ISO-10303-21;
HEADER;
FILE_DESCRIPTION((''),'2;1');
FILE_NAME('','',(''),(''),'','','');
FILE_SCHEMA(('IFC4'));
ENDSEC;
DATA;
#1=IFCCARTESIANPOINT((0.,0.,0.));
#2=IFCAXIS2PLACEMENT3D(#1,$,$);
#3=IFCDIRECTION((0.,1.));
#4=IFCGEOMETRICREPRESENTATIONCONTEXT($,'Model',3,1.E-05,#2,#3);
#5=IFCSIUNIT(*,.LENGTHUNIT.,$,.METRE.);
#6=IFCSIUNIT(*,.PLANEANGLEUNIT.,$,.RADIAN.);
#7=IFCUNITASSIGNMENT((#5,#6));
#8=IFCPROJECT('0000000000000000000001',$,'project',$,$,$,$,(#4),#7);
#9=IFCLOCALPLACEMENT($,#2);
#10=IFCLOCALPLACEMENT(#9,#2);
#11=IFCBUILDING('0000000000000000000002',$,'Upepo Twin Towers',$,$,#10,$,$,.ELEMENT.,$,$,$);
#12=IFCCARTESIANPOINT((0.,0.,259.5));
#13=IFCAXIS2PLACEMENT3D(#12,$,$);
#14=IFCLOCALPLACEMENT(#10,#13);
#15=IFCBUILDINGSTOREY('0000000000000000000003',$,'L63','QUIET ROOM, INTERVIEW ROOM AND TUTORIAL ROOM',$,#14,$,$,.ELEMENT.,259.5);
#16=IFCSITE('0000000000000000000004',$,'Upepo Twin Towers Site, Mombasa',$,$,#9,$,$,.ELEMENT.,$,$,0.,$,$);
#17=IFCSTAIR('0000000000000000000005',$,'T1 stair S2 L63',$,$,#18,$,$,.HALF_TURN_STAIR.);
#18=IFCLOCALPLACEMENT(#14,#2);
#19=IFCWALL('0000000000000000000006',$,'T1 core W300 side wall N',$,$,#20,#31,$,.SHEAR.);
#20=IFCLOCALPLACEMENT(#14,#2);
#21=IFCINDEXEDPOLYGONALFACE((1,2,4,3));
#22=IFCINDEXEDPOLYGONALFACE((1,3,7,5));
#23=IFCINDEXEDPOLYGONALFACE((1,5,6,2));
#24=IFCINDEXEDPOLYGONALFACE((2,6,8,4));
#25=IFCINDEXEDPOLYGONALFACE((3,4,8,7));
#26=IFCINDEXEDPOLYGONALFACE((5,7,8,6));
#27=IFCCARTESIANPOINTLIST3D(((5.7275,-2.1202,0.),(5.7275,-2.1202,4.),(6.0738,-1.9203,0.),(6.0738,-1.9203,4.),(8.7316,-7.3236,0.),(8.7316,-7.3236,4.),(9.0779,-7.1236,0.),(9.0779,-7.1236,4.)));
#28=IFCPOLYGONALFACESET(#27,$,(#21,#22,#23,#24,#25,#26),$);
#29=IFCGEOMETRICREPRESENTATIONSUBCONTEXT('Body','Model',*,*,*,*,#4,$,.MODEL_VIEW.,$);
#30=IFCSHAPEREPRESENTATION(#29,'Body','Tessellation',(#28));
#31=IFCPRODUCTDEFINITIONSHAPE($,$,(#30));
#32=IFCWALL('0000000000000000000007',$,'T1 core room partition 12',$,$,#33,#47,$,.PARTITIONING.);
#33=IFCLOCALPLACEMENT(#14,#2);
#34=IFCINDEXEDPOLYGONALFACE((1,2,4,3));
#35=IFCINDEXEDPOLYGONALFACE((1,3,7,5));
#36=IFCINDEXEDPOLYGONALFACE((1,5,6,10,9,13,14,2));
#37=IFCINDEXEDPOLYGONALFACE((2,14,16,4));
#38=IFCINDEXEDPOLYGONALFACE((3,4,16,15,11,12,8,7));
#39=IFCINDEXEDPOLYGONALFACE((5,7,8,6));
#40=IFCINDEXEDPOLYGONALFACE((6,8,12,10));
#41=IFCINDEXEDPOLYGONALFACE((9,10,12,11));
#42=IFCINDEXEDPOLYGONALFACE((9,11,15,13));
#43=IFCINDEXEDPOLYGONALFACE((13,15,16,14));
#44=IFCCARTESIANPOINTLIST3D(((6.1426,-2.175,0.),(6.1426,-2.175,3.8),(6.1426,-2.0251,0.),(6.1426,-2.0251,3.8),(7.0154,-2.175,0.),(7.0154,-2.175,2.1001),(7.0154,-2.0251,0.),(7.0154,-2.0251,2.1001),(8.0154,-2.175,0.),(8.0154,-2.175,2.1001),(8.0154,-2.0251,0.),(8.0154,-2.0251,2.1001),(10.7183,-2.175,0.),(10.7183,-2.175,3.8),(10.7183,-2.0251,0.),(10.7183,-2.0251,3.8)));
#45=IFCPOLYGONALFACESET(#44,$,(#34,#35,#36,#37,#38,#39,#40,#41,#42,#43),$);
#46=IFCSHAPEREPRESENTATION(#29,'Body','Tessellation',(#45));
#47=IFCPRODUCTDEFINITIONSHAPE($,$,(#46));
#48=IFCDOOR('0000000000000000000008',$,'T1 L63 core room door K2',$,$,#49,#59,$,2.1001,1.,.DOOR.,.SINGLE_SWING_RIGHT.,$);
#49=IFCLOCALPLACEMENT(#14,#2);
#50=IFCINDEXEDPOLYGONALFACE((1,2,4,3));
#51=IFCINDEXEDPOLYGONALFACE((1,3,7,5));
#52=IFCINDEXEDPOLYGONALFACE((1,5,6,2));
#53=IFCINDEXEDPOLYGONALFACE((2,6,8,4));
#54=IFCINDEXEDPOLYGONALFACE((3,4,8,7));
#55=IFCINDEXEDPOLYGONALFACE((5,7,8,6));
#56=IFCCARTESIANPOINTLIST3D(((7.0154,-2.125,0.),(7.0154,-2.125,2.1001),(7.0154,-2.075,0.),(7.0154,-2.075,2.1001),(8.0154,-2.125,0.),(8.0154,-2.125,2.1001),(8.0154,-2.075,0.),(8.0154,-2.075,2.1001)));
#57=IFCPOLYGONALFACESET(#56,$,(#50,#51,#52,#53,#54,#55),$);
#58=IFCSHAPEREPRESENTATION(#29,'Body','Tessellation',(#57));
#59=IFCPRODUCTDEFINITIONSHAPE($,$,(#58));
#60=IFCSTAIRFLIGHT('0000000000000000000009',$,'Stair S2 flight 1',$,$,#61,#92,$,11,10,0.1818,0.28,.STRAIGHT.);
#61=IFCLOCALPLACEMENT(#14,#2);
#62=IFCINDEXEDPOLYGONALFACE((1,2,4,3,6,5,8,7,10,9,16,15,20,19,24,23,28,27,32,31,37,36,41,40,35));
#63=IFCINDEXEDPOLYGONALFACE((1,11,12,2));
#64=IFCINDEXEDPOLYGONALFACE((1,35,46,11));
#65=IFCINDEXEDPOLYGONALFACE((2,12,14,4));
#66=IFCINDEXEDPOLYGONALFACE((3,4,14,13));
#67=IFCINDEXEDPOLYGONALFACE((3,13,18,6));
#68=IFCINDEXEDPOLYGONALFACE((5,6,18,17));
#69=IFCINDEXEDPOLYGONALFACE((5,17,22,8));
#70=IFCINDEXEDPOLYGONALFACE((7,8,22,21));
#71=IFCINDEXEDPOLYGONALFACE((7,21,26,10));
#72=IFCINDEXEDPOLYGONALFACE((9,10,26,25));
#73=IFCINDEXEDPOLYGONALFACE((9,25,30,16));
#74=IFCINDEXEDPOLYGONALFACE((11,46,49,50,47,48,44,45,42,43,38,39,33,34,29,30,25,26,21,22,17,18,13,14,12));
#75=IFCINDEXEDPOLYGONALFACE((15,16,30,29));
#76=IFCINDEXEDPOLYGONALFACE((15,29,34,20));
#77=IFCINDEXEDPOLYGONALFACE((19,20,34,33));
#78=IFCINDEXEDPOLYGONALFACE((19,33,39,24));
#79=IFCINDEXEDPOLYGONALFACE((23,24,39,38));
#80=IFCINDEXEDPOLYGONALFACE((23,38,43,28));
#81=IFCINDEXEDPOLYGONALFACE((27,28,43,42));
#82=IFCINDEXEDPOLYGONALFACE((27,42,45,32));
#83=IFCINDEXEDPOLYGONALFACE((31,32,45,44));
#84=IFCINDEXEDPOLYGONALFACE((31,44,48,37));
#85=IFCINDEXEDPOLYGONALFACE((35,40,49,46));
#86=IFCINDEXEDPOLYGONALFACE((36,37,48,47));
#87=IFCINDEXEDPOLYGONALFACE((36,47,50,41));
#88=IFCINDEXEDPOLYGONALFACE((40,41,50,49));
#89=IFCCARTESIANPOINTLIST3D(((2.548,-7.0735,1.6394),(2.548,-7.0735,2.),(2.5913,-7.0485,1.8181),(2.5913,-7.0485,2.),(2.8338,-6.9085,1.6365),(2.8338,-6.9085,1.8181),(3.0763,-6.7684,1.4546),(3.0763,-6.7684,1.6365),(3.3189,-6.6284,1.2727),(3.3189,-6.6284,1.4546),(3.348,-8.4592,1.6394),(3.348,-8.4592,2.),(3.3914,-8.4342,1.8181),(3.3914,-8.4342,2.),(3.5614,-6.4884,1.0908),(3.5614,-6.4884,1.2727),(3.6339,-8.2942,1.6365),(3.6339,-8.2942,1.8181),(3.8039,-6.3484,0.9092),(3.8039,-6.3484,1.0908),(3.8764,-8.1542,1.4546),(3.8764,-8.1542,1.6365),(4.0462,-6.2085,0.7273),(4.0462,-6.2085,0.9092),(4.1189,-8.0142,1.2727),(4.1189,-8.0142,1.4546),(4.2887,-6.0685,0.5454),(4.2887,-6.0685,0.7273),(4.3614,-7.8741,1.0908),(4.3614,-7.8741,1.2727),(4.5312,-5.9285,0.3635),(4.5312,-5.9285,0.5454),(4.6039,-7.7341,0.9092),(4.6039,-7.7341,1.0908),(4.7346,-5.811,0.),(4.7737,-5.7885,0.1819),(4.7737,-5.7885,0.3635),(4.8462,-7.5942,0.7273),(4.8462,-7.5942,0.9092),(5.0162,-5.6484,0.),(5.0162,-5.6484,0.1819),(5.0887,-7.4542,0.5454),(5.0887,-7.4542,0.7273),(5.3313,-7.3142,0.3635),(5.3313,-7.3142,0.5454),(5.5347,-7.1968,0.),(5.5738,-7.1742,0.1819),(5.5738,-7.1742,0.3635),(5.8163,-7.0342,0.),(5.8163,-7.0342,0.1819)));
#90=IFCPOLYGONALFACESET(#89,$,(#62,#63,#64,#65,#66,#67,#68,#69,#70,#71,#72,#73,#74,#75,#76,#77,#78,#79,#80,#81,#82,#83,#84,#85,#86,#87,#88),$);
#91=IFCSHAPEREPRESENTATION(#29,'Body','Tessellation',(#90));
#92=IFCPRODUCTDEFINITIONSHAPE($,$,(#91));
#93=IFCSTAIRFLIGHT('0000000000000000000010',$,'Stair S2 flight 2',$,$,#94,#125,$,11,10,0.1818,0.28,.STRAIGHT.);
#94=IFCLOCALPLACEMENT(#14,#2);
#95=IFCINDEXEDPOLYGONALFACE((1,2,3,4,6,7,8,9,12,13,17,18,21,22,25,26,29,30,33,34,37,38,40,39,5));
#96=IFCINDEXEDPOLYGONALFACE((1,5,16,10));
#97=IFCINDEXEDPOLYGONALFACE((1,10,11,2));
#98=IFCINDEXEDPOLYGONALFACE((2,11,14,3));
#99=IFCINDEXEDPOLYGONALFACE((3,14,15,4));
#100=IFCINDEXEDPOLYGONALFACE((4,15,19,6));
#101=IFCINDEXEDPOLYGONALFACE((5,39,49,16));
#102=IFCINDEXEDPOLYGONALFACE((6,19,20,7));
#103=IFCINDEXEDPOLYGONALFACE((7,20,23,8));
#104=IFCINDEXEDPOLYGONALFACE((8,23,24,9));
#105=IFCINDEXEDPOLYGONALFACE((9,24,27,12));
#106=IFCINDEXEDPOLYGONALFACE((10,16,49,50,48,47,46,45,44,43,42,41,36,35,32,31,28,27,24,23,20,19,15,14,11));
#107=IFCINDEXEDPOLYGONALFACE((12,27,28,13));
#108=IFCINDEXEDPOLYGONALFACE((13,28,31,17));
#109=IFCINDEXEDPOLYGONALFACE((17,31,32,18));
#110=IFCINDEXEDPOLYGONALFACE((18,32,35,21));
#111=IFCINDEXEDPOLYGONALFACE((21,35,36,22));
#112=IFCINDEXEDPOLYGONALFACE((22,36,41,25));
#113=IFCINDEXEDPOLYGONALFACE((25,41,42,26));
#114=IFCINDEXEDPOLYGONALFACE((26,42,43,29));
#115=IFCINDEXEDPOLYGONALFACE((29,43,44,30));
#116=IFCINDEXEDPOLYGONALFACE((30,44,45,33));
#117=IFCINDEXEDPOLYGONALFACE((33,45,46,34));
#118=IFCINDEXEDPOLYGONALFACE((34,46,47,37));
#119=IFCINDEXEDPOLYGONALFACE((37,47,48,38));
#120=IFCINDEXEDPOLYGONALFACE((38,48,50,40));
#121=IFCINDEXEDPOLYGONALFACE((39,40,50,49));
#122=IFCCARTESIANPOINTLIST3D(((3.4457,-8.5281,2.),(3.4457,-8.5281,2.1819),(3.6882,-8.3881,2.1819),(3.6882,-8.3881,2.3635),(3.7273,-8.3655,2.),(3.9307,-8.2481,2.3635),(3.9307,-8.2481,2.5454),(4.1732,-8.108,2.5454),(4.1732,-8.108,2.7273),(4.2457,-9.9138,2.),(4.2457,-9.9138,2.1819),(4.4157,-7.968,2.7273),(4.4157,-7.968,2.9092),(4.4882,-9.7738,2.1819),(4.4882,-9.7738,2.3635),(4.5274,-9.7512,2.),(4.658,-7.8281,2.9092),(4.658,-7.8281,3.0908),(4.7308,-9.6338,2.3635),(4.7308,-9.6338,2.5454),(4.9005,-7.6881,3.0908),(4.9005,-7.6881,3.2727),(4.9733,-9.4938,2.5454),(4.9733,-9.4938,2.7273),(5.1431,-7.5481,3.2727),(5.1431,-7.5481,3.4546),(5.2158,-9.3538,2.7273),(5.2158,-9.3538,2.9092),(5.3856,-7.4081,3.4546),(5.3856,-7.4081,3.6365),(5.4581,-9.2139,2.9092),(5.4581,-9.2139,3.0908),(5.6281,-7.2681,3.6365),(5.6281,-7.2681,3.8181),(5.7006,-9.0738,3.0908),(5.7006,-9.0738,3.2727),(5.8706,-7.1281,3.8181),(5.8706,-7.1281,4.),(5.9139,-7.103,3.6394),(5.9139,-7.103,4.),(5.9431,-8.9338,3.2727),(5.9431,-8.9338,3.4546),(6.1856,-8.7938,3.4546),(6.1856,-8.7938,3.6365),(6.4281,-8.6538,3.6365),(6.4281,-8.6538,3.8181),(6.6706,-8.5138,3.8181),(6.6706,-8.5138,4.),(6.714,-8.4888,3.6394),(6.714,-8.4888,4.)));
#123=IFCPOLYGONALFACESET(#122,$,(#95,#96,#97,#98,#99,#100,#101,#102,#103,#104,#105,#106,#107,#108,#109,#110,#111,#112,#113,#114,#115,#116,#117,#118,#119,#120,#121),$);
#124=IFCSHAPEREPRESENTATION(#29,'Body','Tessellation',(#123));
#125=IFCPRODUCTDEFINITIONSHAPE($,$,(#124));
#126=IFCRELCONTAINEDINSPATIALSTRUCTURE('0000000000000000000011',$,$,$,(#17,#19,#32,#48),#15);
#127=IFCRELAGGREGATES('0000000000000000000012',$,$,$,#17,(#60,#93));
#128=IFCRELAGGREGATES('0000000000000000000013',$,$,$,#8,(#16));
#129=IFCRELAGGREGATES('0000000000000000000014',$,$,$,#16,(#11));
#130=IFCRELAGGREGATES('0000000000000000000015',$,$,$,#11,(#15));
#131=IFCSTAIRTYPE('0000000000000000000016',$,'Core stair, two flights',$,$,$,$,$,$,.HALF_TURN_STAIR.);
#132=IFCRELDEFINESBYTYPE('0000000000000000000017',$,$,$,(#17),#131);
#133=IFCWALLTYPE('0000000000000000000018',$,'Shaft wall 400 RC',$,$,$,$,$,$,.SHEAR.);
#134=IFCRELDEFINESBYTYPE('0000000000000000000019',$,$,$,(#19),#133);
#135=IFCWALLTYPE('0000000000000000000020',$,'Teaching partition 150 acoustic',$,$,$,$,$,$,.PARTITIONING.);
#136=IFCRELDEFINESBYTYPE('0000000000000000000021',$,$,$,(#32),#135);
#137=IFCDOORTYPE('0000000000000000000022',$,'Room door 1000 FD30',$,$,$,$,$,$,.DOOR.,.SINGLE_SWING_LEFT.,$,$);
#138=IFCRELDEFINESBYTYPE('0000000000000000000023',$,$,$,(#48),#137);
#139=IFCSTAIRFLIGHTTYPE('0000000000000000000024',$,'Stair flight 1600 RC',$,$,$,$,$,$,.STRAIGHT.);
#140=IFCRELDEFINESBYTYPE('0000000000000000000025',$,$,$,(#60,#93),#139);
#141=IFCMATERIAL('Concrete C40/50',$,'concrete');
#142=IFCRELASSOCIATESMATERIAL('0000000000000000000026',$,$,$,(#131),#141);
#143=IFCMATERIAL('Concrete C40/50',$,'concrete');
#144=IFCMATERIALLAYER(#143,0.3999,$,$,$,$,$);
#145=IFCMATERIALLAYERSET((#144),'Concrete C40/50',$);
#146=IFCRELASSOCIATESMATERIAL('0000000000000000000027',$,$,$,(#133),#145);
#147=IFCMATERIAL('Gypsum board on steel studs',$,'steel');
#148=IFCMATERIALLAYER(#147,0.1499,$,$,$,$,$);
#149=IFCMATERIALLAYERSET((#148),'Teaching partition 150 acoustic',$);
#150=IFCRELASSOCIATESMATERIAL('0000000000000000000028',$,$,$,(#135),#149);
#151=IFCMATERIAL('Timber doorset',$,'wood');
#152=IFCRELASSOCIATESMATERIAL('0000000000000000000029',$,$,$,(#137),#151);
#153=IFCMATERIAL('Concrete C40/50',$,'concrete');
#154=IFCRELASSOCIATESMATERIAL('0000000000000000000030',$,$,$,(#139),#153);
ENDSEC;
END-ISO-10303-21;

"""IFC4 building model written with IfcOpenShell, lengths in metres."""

from ifc_helpers import new_model, si_unit, direction, frame, frame_2d, origin, place, context, subcontext, project, spatial, polyline, rectangle, outline, extrude, material, layer, layer_set, type_object, element, fill, aggregate, save


model = new_model("IFC4")

# Units and contexts
model_context = context("Model", 3, precision=1e-05, world=origin(), true_north=direction((0.0, 1.0)))
body_context = subcontext(model_context, "Body", "Model", "MODEL_VIEW")
ifc_project = project(units=[si_unit("LENGTHUNIT", "METRE"), si_unit("PLANEANGLEUNIT", "RADIAN")], contexts=[model_context])

# Site, building, storey
site_placement = place(None, origin())
site = spatial("IfcSite", under=ifc_project, at=site_placement, Name="Upepo Twin Towers Site, Mombasa", CompositionType="ELEMENT", RefElevation=0.0)
building_placement = place(site_placement, origin())
building = spatial("IfcBuilding", under=site, at=building_placement, Name="Upepo Twin Towers", CompositionType="ELEMENT")
storey_placement = place(building_placement, frame((0.0, 0.0, 259.5)))
storey = spatial("IfcBuildingStorey", under=building, at=storey_placement, Name="L63", Description="QUIET ROOM, INTERVIEW ROOM AND TUTORIAL ROOM", CompositionType="ELEMENT", Elevation=259.5)

# Stair
ifc_material_1 = material(Name="Concrete C40/50", Category="concrete")
stair_type = type_object("IfcStairType", Name="Core stair, two flights", PredefinedType="HALF_TURN_STAIR", material=ifc_material_1)
stair_1_placement = place(storey_placement, origin())
stair_1 = element("IfcStair", 1, at=stair_1_placement, inside=storey, type_object=stair_type, Name="T1 stair S2 L63", PredefinedType="HALF_TURN_STAIR")

# Wall
ifc_material_2 = material(Name="Concrete C40/50", Category="concrete")
ifc_layer_1 = layer(ifc_material_2, 0.3999)
ifc_layer_set_1 = layer_set([ifc_layer_1], Name="Concrete C40/50")
wall_type_1 = type_object("IfcWallType", Name="Shaft wall 400 RC", PredefinedType="SHEAR", material=ifc_layer_set_1)
wall_1_placement = place(storey_placement, frame((5.9006, -2.0203, 0.0), z_axis=(0.0, 0.0, 1.0), x_axis=(0.499998, -0.866027, 0.0)))
element("IfcWall", 2, at=wall_1_placement, inside=storey, type_object=wall_type_1, Name="T1 core W300 side wall N", PredefinedType="SHEAR", context=body_context, shape_type="SweptSolid", body=[
    extrude(rectangle(XDim=6.0083, YDim=0.3999, at=frame_2d((3.0042, 0.0))), origin(), (0.0, 0.0, 1.0), 4.0),
])

# Wall, opening, door
ifc_material_3 = material(Name="Gypsum board on steel studs", Category="steel")
ifc_layer_2 = layer(ifc_material_3, 0.1499)
ifc_layer_set_2 = layer_set([ifc_layer_2], Name="Teaching partition 150 acoustic")
wall_type_2 = type_object("IfcWallType", Name="Teaching partition 150 acoustic", PredefinedType="PARTITIONING", material=ifc_layer_set_2)
wall_2_placement = place(storey_placement, frame((10.7183, -2.1001, 0.0), z_axis=(0.0, 0.0, 1.0), x_axis=(-1.0, 0.0, 0.0)))
wall_2 = element("IfcWall", 3, at=wall_2_placement, inside=storey, type_object=wall_type_2, Name="T1 core room partition 12", PredefinedType="PARTITIONING", context=body_context, shape_type="SweptSolid", body=[
    extrude(rectangle(XDim=4.5757, YDim=0.1499, at=frame_2d((2.2878, 0.0))), origin(), (0.0, 0.0, 1.0), 3.8),
])
opening_1_placement = place(wall_2_placement, frame((2.7029, 0.0, 0.0)))
opening_1 = element("IfcOpeningElement", 4, at=opening_1_placement, cuts=wall_2, PredefinedType="OPENING", context=body_context, shape_type="SweptSolid", body=[
    extrude(rectangle(XDim=1.0, YDim=2.1001, at=frame_2d((0.5, 1.05))), frame((0.0, 0.085, 0.0), z_axis=(0.0, -1.0, 0.0), x_axis=(1.0, 0.0, 0.0)), (0.0, 0.0, 1.0), 0.1699),
])
ifc_material_4 = material(Name="Timber doorset", Category="wood")
door_type_1 = type_object("IfcDoorType", Name="Room door 1000 FD30", OperationType="SINGLE_SWING_LEFT", PredefinedType="DOOR", material=ifc_material_4)
door_1_placement = place(opening_1_placement, origin())
door_1 = element("IfcDoor", 5, at=door_1_placement, inside=storey, type_object=door_type_1, Name="T1 L63 core room door K2", OperationType="SINGLE_SWING_RIGHT", OverallHeight=2.1001, OverallWidth=1.0, PredefinedType="DOOR", context=body_context, shape_type="SweptSolid", body=[
    extrude(rectangle(XDim=1.0, YDim=2.1001, at=frame_2d((0.5, 1.05))), frame((0.0, 0.0249, 0.0), z_axis=(0.0, -1.0, 0.0), x_axis=(1.0, 0.0, 0.0)), (0.0, 0.0, 1.0), 0.05),
])
fill(opening_1, door_1)

# Stair flights
ifc_material_5 = material(Name="Concrete C40/50", Category="concrete")
stair_flight_type = type_object("IfcStairFlightType", Name="Stair flight 1600 RC", PredefinedType="STRAIGHT", material=ifc_material_5)
stair_flight_1_placement = place(storey_placement, frame((5.4163, -6.3413, 0.0), z_axis=(0.0, 0.0, 1.0), x_axis=(-0.866025, -0.5, 0.0)))
stair_flight_1 = element("IfcStairFlight", 6, at=stair_flight_1_placement, type_object=stair_flight_type, Name="Stair S2 flight 1", NumberOfRisers=11, NumberOfTreads=10, PredefinedType="STRAIGHT", RiserHeight=0.1818, TreadLength=0.28, context=body_context, shape_type="SweptSolid", body=[
    extrude(outline(polyline([(0.0, 0.0), (0.0, 0.1819), (0.28, 0.1819), (0.28, 0.3635), (0.5601, 0.3635), (0.5601, 0.5454), (0.8401, 0.5454), (0.8401, 0.7273), (1.1201, 0.7273), (1.1201, 0.9092), (1.3999, 0.9092), (1.3999, 1.0908), (1.6799, 1.0908), (1.6799, 1.2727), (1.96, 1.2727), (1.96, 1.4546), (2.24, 1.4546), (2.24, 1.6365), (2.52, 1.6365), (2.52, 1.8181), (2.8, 1.8181), (2.8, 2.0), (2.8501, 2.0), (2.8501, 1.6394), (0.3252, 0.0), (0.0, 0.0)])), frame((0.0, 0.8, 0.0), z_axis=(0.0, -1.0, 0.0), x_axis=(1.0, 0.0, 0.0)), (0.0, 0.0, 1.0), 1.6001),
])
stair_flight_2_placement = place(storey_placement, frame((3.8457, -9.2209, 2.0), z_axis=(0.0, 0.0, 1.0), x_axis=(0.866025, 0.5, 0.0)))
stair_flight_2 = element("IfcStairFlight", 7, at=stair_flight_2_placement, type_object=stair_flight_type, Name="Stair S2 flight 2", NumberOfRisers=11, NumberOfTreads=10, PredefinedType="STRAIGHT", RiserHeight=0.1818, TreadLength=0.28, context=body_context, shape_type="SweptSolid", body=[
    extrude(outline(polyline([(0.0, 0.0), (0.0, 0.1819), (0.28, 0.1819), (0.28, 0.3635), (0.5601, 0.3635), (0.5601, 0.5454), (0.8401, 0.5454), (0.8401, 0.7273), (1.1201, 0.7273), (1.1201, 0.9092), (1.3999, 0.9092), (1.3999, 1.0908), (1.6799, 1.0908), (1.6799, 1.2727), (1.96, 1.2727), (1.96, 1.4546), (2.24, 1.4546), (2.24, 1.6365), (2.52, 1.6365), (2.52, 1.8181), (2.8, 1.8181), (2.8, 2.0), (2.8501, 2.0), (2.8501, 1.6394), (0.3252, 0.0), (0.0, 0.0)])), frame((0.0, 0.8, 0.0), z_axis=(0.0, -1.0, 0.0), x_axis=(1.0, 0.0, 0.0)), (0.0, 0.0, 1.0), 1.6001),
])
aggregate(stair_1, [stair_flight_1, stair_flight_2])

save(model, "model.ifc")
